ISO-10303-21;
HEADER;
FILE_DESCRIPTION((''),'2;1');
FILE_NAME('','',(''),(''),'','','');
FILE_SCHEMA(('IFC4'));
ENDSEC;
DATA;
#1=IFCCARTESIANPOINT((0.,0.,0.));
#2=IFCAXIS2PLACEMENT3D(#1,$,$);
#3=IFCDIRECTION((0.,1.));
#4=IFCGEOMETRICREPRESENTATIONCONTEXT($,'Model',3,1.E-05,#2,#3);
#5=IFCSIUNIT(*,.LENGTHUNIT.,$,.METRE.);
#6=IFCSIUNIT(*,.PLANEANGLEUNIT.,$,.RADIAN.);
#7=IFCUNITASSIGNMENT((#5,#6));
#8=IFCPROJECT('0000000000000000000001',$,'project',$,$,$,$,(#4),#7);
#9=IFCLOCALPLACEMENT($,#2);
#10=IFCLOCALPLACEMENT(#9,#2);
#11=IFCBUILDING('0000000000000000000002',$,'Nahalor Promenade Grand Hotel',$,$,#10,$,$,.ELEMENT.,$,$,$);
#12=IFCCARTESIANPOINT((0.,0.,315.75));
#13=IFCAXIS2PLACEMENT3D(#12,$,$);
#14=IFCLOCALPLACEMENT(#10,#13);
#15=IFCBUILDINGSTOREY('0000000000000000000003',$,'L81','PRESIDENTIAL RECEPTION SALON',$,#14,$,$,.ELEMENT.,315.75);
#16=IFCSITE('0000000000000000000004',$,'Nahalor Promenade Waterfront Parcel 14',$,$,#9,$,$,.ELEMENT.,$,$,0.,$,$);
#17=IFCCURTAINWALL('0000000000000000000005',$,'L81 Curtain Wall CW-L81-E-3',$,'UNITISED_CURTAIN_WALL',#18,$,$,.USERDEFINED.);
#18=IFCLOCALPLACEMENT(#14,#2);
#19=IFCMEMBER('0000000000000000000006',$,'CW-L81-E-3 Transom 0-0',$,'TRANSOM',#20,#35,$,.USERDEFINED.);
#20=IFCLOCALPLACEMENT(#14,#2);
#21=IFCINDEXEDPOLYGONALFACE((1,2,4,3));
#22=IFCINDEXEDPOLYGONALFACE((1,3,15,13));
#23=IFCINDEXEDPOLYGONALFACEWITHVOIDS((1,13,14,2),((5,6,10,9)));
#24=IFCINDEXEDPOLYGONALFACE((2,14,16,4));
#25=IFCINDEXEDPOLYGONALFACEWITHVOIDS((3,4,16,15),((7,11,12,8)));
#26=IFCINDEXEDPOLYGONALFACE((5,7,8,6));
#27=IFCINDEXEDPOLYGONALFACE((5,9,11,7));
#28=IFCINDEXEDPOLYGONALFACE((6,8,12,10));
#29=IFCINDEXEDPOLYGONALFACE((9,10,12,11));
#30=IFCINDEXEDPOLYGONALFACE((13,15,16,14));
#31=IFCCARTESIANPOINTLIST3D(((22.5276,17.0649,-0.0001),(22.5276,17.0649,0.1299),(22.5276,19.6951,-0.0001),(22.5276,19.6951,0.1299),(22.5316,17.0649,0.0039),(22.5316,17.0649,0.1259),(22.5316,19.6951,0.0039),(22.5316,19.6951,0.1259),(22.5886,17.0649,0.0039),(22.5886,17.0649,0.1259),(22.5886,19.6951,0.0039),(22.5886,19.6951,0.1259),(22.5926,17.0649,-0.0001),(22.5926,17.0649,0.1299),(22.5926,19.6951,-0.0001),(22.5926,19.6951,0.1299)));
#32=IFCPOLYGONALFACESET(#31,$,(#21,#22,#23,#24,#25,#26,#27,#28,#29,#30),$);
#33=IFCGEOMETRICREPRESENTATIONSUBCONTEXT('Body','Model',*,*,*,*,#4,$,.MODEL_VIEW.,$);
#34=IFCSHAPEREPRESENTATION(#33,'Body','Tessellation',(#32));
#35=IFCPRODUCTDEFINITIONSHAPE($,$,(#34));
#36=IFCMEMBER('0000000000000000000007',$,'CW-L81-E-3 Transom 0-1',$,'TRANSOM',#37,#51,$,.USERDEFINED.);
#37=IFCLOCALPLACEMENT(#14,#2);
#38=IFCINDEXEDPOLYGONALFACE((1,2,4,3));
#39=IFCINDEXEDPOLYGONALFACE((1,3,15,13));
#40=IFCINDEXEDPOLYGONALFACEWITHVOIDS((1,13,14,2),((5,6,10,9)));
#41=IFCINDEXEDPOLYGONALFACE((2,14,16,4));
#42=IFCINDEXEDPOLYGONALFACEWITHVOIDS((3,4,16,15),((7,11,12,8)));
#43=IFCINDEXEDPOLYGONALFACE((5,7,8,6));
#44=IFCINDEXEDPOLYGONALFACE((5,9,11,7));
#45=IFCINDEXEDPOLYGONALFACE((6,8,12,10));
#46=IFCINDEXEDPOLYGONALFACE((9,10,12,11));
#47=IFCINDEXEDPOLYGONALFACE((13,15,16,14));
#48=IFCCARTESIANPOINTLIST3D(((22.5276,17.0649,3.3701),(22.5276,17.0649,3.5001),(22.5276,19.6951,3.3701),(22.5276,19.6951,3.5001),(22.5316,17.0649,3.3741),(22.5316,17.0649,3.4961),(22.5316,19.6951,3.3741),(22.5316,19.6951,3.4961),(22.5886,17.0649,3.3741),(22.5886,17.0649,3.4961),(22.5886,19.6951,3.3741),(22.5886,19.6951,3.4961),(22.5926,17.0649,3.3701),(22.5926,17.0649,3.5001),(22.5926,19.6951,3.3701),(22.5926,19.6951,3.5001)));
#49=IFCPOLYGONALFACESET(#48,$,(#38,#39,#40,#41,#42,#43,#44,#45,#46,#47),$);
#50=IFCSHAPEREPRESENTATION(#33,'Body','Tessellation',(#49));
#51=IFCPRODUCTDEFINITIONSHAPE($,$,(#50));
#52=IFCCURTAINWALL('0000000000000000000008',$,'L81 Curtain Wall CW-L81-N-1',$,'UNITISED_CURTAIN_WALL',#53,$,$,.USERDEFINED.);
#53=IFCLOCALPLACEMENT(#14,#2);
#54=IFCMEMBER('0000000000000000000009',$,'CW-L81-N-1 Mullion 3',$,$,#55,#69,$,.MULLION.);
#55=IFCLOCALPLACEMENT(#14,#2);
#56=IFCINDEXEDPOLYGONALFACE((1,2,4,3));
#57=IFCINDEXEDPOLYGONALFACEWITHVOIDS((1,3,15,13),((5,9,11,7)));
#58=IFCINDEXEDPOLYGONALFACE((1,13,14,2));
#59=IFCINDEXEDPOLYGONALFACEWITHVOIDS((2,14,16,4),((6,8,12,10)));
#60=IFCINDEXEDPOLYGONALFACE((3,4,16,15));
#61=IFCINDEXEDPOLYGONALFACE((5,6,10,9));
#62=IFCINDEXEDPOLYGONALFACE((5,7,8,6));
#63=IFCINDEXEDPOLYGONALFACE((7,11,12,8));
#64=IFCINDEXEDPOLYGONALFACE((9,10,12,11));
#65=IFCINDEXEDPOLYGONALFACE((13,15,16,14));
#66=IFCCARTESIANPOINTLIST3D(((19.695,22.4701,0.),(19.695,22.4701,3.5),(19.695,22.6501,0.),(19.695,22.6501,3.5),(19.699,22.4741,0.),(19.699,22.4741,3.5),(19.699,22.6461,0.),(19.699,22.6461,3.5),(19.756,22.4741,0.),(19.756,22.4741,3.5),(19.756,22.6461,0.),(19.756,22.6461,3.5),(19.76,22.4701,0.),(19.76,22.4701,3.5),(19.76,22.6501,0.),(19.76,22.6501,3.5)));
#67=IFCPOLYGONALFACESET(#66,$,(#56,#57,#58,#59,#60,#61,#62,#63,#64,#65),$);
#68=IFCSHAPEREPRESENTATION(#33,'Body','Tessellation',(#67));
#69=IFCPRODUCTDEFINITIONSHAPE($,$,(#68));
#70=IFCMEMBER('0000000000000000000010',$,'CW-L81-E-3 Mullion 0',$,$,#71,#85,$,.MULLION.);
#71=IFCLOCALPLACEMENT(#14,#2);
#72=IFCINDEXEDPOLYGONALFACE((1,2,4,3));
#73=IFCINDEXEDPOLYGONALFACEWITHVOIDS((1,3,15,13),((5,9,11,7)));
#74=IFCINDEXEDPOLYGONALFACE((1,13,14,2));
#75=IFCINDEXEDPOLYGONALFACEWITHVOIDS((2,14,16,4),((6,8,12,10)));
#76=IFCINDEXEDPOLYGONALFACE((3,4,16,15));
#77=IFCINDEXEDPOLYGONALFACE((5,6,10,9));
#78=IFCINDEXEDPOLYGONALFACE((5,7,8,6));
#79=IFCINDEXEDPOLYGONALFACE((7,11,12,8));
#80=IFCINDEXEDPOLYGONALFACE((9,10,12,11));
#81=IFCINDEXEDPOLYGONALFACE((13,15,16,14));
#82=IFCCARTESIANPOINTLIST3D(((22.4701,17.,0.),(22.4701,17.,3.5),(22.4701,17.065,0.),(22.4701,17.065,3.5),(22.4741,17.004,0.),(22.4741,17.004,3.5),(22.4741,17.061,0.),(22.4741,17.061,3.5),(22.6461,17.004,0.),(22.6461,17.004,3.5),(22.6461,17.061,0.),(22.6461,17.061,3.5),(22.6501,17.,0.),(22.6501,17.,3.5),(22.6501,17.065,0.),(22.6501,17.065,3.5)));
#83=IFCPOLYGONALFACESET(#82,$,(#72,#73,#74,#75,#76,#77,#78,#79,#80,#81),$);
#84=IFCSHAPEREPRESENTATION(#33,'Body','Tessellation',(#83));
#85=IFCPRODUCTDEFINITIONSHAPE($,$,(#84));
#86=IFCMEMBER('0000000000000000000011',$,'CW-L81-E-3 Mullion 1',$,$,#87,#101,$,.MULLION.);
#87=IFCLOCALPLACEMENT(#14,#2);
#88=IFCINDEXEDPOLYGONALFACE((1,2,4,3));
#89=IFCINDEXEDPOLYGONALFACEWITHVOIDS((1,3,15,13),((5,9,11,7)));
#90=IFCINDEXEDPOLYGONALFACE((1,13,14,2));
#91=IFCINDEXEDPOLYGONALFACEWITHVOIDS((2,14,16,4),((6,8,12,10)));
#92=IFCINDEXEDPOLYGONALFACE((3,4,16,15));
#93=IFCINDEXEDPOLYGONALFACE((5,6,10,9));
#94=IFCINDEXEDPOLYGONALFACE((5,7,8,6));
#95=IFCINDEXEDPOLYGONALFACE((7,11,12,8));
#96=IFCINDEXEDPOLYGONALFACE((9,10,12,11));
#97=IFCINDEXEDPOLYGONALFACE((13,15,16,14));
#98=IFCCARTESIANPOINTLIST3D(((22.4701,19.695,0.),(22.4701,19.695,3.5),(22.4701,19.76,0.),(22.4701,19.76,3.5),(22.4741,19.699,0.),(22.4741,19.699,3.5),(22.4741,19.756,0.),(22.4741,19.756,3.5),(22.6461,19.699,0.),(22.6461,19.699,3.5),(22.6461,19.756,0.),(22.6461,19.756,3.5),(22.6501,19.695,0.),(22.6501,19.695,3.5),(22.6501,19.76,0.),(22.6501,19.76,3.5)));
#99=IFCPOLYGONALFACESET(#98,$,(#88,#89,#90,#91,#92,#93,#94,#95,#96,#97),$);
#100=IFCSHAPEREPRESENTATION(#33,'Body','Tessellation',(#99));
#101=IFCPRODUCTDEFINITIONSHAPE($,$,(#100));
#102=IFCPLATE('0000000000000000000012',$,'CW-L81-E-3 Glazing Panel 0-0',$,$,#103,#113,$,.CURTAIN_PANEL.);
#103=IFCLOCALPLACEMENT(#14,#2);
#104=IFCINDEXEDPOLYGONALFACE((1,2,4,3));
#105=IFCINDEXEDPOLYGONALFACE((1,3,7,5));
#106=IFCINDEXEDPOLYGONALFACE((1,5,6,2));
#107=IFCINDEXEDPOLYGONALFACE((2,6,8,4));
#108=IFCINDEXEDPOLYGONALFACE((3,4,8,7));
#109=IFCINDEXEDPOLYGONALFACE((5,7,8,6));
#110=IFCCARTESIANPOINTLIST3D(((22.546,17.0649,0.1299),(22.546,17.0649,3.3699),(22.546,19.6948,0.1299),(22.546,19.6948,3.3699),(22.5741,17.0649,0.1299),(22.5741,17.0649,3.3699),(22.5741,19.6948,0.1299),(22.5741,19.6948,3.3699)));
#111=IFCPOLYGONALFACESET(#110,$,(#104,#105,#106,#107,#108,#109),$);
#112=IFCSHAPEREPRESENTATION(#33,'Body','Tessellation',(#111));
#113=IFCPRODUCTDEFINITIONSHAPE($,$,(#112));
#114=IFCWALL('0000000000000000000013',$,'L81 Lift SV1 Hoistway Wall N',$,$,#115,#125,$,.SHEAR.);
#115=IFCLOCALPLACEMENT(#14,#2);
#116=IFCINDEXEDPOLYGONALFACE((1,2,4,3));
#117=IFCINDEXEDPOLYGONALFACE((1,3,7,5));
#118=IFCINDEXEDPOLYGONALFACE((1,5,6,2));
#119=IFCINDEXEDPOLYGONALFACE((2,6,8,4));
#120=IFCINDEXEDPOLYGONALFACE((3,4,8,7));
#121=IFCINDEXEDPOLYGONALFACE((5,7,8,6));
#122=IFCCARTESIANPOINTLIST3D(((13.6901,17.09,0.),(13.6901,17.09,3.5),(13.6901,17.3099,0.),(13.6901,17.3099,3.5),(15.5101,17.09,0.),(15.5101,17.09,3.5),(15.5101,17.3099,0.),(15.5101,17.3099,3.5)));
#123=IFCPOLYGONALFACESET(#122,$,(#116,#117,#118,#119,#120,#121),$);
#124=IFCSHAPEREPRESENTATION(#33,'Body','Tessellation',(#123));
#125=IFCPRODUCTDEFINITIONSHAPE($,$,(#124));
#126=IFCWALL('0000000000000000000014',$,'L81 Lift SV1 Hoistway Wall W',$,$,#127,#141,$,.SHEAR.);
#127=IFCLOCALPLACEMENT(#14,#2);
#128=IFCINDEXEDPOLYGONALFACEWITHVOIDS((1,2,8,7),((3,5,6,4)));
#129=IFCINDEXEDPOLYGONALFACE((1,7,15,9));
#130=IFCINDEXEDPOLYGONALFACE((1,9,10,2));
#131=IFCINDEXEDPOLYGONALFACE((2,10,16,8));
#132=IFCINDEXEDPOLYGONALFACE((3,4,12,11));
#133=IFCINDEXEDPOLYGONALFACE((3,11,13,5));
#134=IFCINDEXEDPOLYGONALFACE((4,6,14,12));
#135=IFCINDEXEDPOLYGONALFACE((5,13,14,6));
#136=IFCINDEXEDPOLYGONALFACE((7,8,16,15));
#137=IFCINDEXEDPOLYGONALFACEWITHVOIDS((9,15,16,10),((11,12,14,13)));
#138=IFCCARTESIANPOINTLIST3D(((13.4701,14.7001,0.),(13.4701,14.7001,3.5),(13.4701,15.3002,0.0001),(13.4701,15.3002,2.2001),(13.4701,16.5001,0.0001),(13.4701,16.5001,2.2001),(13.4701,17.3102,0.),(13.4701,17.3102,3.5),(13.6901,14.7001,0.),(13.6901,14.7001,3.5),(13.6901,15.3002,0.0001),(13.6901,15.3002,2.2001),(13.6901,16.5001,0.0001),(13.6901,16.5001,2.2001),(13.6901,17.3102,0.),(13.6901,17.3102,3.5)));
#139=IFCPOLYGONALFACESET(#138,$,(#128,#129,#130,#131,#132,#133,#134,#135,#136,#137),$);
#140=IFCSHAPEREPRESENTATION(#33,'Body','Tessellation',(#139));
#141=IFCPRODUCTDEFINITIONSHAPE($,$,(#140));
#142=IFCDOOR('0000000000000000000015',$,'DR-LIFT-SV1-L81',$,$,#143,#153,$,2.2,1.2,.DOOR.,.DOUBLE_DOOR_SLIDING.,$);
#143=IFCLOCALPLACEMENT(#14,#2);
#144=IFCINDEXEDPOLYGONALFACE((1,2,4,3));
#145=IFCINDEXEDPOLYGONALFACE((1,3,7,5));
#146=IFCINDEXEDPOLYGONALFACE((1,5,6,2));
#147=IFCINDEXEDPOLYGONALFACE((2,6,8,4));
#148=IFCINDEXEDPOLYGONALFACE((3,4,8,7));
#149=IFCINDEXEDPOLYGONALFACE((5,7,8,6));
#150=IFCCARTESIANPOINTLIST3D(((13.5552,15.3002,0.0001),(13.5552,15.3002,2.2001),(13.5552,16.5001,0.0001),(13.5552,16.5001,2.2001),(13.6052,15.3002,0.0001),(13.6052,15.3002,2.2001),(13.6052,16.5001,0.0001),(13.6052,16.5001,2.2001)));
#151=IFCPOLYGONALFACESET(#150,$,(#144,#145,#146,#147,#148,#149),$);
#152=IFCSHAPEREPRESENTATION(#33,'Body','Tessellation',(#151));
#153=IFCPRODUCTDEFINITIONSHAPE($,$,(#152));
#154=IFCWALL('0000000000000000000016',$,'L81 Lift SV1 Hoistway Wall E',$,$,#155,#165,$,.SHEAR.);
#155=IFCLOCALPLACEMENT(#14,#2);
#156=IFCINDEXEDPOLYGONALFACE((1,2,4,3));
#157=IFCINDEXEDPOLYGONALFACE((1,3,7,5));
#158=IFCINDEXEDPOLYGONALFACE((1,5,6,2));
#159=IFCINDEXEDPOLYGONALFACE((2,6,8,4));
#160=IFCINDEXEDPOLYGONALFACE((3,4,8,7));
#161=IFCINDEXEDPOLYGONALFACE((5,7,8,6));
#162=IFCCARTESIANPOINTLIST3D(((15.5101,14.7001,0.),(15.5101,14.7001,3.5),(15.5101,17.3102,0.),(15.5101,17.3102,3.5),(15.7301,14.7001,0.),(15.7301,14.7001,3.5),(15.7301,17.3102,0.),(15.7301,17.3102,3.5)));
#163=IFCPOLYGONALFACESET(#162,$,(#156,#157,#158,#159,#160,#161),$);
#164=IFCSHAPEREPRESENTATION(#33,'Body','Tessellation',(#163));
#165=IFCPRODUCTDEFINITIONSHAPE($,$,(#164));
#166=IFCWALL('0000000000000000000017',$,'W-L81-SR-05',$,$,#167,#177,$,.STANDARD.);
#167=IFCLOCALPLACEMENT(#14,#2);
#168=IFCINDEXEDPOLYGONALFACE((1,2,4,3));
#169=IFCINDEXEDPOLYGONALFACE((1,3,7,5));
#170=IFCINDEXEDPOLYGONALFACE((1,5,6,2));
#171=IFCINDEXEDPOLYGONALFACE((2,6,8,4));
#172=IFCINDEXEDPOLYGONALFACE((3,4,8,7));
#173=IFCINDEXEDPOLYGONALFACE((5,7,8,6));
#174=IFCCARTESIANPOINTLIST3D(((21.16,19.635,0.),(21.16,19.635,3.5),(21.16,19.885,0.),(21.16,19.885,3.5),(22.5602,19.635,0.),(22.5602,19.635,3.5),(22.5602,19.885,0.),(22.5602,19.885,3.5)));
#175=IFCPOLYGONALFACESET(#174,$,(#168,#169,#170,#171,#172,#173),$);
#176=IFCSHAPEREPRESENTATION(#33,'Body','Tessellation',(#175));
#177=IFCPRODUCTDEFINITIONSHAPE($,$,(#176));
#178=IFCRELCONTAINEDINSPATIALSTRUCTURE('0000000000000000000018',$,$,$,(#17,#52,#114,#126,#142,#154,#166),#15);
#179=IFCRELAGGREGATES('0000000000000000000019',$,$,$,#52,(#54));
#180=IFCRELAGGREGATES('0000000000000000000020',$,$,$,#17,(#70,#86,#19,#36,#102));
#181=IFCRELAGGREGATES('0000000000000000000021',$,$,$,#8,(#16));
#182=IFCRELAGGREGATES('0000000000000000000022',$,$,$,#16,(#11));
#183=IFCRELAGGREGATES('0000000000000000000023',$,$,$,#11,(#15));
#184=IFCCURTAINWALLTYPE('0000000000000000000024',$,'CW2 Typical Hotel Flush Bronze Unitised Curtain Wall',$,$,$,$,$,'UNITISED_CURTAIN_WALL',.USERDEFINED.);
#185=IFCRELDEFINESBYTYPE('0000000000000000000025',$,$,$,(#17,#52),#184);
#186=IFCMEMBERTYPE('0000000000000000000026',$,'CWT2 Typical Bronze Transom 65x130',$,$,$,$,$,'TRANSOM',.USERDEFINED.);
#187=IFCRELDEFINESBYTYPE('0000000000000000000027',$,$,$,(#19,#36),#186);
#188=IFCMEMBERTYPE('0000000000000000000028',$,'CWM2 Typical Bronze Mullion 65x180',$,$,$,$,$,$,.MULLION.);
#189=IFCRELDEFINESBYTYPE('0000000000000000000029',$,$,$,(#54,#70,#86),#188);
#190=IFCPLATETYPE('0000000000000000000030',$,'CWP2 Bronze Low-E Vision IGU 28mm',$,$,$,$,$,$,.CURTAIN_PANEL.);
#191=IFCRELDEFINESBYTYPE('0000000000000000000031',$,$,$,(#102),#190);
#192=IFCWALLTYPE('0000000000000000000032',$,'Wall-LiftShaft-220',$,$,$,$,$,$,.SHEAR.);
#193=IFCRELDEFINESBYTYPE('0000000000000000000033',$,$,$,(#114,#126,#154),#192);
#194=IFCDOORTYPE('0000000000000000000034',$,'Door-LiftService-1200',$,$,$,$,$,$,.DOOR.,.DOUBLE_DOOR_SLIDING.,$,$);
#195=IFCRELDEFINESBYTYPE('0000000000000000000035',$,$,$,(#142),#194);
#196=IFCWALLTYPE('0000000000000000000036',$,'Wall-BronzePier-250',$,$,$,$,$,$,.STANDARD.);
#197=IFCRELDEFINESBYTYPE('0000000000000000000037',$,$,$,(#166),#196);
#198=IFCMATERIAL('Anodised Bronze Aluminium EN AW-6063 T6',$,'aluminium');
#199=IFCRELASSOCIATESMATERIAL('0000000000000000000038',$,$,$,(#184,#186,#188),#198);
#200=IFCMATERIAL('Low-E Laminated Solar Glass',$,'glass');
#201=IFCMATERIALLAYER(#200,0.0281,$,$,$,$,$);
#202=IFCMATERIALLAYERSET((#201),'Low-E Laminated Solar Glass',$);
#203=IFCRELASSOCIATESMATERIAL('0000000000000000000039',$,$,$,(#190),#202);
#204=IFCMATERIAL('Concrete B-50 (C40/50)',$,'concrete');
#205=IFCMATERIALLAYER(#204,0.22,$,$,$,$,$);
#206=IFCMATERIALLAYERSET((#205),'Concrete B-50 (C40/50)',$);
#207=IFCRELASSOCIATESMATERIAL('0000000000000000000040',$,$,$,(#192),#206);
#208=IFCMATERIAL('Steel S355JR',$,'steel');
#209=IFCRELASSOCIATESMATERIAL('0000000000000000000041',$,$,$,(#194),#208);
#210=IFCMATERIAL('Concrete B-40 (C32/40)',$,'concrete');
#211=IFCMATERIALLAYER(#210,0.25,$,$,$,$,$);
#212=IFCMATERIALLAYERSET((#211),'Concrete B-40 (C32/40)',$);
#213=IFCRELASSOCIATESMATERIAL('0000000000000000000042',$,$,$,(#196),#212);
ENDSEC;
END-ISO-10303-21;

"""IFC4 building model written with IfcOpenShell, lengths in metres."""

from ifc_helpers import new_model, si_unit, direction, frame, frame_2d, origin, origin_2d, place, context, subcontext, project, spatial, rectangle, hollow_rectangle, extrude, source, transform, mapped, material, layer, layer_set, material_profile, profile_set, type_object, element, fill, aggregate, save


model = new_model("IFC4")

# Units and contexts
model_context = context("Model", 3, precision=1e-05, world=origin(), true_north=direction((0.0, 1.0)))
body_context = subcontext(model_context, "Body", "Model", "MODEL_VIEW")
ifc_project = project(units=[si_unit("LENGTHUNIT", "METRE"), si_unit("PLANEANGLEUNIT", "RADIAN")], contexts=[model_context])

# Site, building, storey
site_placement = place(None, origin())
site = spatial("IfcSite", under=ifc_project, at=site_placement, Name="Nahalor Promenade Waterfront Parcel 14", CompositionType="ELEMENT", RefElevation=0.0)
building_placement = place(site_placement, origin())
building = spatial("IfcBuilding", under=site, at=building_placement, Name="Nahalor Promenade Grand Hotel", CompositionType="ELEMENT")
storey_placement = place(building_placement, frame((0.0, 0.0, 315.75)))
storey = spatial("IfcBuildingStorey", under=building, at=storey_placement, Name="L81", Description="PRESIDENTIAL RECEPTION SALON", CompositionType="ELEMENT", Elevation=315.75)

# Shared definitions
ifc_material_1 = material(Name="Concrete B-50 (C40/50)", Category="concrete")
ifc_material_2 = material(Name="Steel S355JR", Category="steel")

# Curtain wall, members
ifc_material_3 = material(Name="Anodised Bronze Aluminium EN AW-6063 T6", Category="aluminium")
curtain_wall_type = type_object("IfcCurtainWallType", Name="CW2 Typical Hotel Flush Bronze Unitised Curtain Wall", ElementType="UNITISED_CURTAIN_WALL", PredefinedType="USERDEFINED", material=ifc_material_3)
curtain_wall_1_placement = place(storey_placement, origin())
curtain_wall_1 = element("IfcCurtainWall", 1, at=curtain_wall_1_placement, inside=storey, type_object=curtain_wall_type, Name="L81 Curtain Wall CW-L81-E-3", ObjectType="UNITISED_CURTAIN_WALL", PredefinedType="USERDEFINED")
ifc_material_profile_1 = material_profile(ifc_material_3, hollow_rectangle(XDim=0.065, YDim=0.13, WallThickness=0.004, at=origin_2d()), Name="CWT 65x130x4")
ifc_profile_set_1 = profile_set([ifc_material_profile_1], Name="Anodised Bronze Aluminium EN AW-6063 T6")
member_type_1 = type_object("IfcMemberType", Name="CWT2 Typical Bronze Transom 65x130", ElementType="TRANSOM", PredefinedType="USERDEFINED", material=ifc_profile_set_1)
shared_shape_1 = source(origin(), body_context, "Body", "SweptSolid", [
    extrude(hollow_rectangle(XDim=0.065, YDim=0.13, WallThickness=0.004, at=origin_2d()), origin(), (0.0, 0.0, 1.0), 2.6301),
])
member_1_placement = place(storey_placement, frame((22.5601, 17.0649, 0.0649), z_axis=(0.0, 1.0, 0.0), x_axis=(-1.0, 0.0, 0.0)))
member_1 = element("IfcMember", 2, at=member_1_placement, type_object=member_type_1, Name="CW-L81-E-3 Transom 0-0", ObjectType="TRANSOM", PredefinedType="USERDEFINED", context=body_context, shape_type="MappedRepresentation", body=[
    mapped(shared_shape_1, transform((0.0, 0.0, 0.0), scale=1.0)),
])
member_2_placement = place(storey_placement, frame((22.5601, 17.0649, 3.4351), z_axis=(0.0, 1.0, 0.0), x_axis=(-1.0, 0.0, 0.0)))
member_2 = element("IfcMember", 3, at=member_2_placement, type_object=member_type_1, Name="CW-L81-E-3 Transom 0-1", ObjectType="TRANSOM", PredefinedType="USERDEFINED", context=body_context, shape_type="MappedRepresentation", body=[
    mapped(shared_shape_1, transform((0.0, 0.0, 0.0), scale=1.0)),
])

# Curtain wall, member
curtain_wall_2_placement = place(storey_placement, origin())
curtain_wall_2 = element("IfcCurtainWall", 4, at=curtain_wall_2_placement, inside=storey, type_object=curtain_wall_type, Name="L81 Curtain Wall CW-L81-N-1", ObjectType="UNITISED_CURTAIN_WALL", PredefinedType="USERDEFINED")
ifc_material_profile_2 = material_profile(ifc_material_3, hollow_rectangle(XDim=0.065, YDim=0.18, WallThickness=0.004, at=origin_2d()), Name="CWM 65x180x4")
ifc_profile_set_2 = profile_set([ifc_material_profile_2], Name="Anodised Bronze Aluminium EN AW-6063 T6")
member_type_2 = type_object("IfcMemberType", Name="CWM2 Typical Bronze Mullion 65x180", PredefinedType="MULLION", material=ifc_profile_set_2)
shared_shape_2 = source(origin(), body_context, "Body", "SweptSolid", [
    extrude(hollow_rectangle(XDim=0.065, YDim=0.18, WallThickness=0.004, at=origin_2d()), origin(), (0.0, 0.0, 1.0), 3.5),
])
member_3_placement = place(storey_placement, frame((19.7275, 22.5601, 0.0), z_axis=(0.0, 0.0, 1.0), x_axis=(1.0, 0.0, 0.0)))
member_3 = element("IfcMember", 5, at=member_3_placement, type_object=member_type_2, Name="CW-L81-N-1 Mullion 3", PredefinedType="MULLION", context=body_context, shape_type="MappedRepresentation", body=[
    mapped(shared_shape_2, transform((0.0, 0.0, 0.0), scale=1.0)),
])
aggregate(curtain_wall_2, [member_3])

# Members
member_4_placement = place(storey_placement, frame((22.5601, 17.0325, 0.0), z_axis=(0.0, 0.0, 1.0), x_axis=(0.0, 1.0, 0.0)))
member_4 = element("IfcMember", 6, at=member_4_placement, type_object=member_type_2, Name="CW-L81-E-3 Mullion 0", PredefinedType="MULLION", context=body_context, shape_type="MappedRepresentation", body=[
    mapped(shared_shape_2, transform((0.0, 0.0, 0.0), scale=1.0)),
])
member_5_placement = place(storey_placement, frame((22.5601, 19.7275, 0.0), z_axis=(0.0, 0.0, 1.0), x_axis=(0.0, 1.0, 0.0)))
member_5 = element("IfcMember", 7, at=member_5_placement, type_object=member_type_2, Name="CW-L81-E-3 Mullion 1", PredefinedType="MULLION", context=body_context, shape_type="MappedRepresentation", body=[
    mapped(shared_shape_2, transform((0.0, 0.0, 0.0), scale=1.0)),
])

# Plate
ifc_material_4 = material(Name="Low-E Laminated Solar Glass", Category="glass")
ifc_layer_1 = layer(ifc_material_4, 0.0281)
ifc_layer_set_1 = layer_set([ifc_layer_1], Name="Low-E Laminated Solar Glass")
plate_type = type_object("IfcPlateType", Name="CWP2 Bronze Low-E Vision IGU 28mm", PredefinedType="CURTAIN_PANEL", material=ifc_layer_set_1)
shared_shape_3 = source(origin(), body_context, "Body", "SweptSolid", [
    extrude(rectangle(XDim=2.6299, YDim=0.0281, at=origin_2d()), origin(), (0.0, 0.0, 1.0), 3.24),
])
plate_placement = place(storey_placement, frame((22.5601, 18.3799, 0.1299), z_axis=(0.0, 0.0, 1.0), x_axis=(0.0, 1.0, 0.0)))
plate = element("IfcPlate", 8, at=plate_placement, type_object=plate_type, Name="CW-L81-E-3 Glazing Panel 0-0", PredefinedType="CURTAIN_PANEL", context=body_context, shape_type="MappedRepresentation", body=[
    mapped(shared_shape_3, transform((0.0, 0.0, 0.0), scale=1.0)),
])
aggregate(curtain_wall_1, [member_4, member_5, member_1, member_2, plate])

# Wall
ifc_layer_2 = layer(ifc_material_1, 0.22)
ifc_layer_set_2 = layer_set([ifc_layer_2], Name="Concrete B-50 (C40/50)")
wall_type_1 = type_object("IfcWallType", Name="Wall-LiftShaft-220", PredefinedType="SHEAR", material=ifc_layer_set_2)
shared_shape_4 = source(origin(), body_context, "Body", "SweptSolid", [
    extrude(rectangle(XDim=1.8201, YDim=0.22, at=frame_2d((0.9102, 0.0))), origin(), (0.0, 0.0, 1.0), 3.5),
])
wall_1_placement = place(storey_placement, frame((13.6899, 17.2, 0.0), z_axis=(0.0, 0.0, 1.0), x_axis=(1.0, 0.0, 0.0)))
element("IfcWall", 9, at=wall_1_placement, inside=storey, type_object=wall_type_1, Name="L81 Lift SV1 Hoistway Wall N", PredefinedType="SHEAR", context=body_context, shape_type="MappedRepresentation", body=[
    mapped(shared_shape_4, transform((0.0, 0.0, 0.0), scale=1.0)),
])

# Wall, opening, door
shared_shape_5 = source(origin(), body_context, "Body", "SweptSolid", [
    extrude(rectangle(XDim=2.6101, YDim=0.22, at=frame_2d((1.3052, 0.0))), origin(), (0.0, 0.0, 1.0), 3.5),
])
wall_2_placement = place(storey_placement, frame((13.5801, 14.7, 0.0), z_axis=(0.0, 0.0, 1.0), x_axis=(0.0, 1.0, 0.0)))
wall_2 = element("IfcWall", 10, at=wall_2_placement, inside=storey, type_object=wall_type_1, Name="L81 Lift SV1 Hoistway Wall W", PredefinedType="SHEAR", context=body_context, shape_type="MappedRepresentation", body=[
    mapped(shared_shape_5, transform((0.0, 0.0, 0.0), scale=1.0)),
])
opening_placement = place(wall_2_placement, frame((0.6001, 0.0, 0.0)))
opening = element("IfcOpeningElement", 11, at=opening_placement, cuts=wall_2, PredefinedType="OPENING", context=body_context, shape_type="SweptSolid", body=[
    extrude(rectangle(XDim=1.2, YDim=2.2, at=frame_2d((0.6001, 1.1001))), frame((0.0, 0.1199, 0.0), z_axis=(0.0, -1.0, 0.0), x_axis=(1.0, 0.0, 0.0)), (0.0, 0.0, 1.0), 0.24),
])
door_type = type_object("IfcDoorType", Name="Door-LiftService-1200", OperationType="DOUBLE_DOOR_SLIDING", PredefinedType="DOOR", material=ifc_material_2)
shared_shape_6 = source(origin(), body_context, "Body", "SweptSolid", [
    extrude(rectangle(XDim=1.2, YDim=2.2, at=frame_2d((0.6001, 1.1001))), frame((0.0, 0.0249, 0.0), z_axis=(0.0, -1.0, 0.0), x_axis=(1.0, 0.0, 0.0)), (0.0, 0.0, 1.0), 0.05),
])
door_placement = place(opening_placement, origin())
door = element("IfcDoor", 12, at=door_placement, inside=storey, type_object=door_type, Name="DR-LIFT-SV1-L81", OperationType="DOUBLE_DOOR_SLIDING", OverallHeight=2.2, OverallWidth=1.2, PredefinedType="DOOR", context=body_context, shape_type="MappedRepresentation", body=[
    mapped(shared_shape_6, transform((0.0, 0.0, 0.0), scale=1.0)),
])
fill(opening, door)

# Walls
wall_3_placement = place(storey_placement, frame((15.6201, 14.7, 0.0), z_axis=(0.0, 0.0, 1.0), x_axis=(0.0, 1.0, 0.0)))
element("IfcWall", 13, at=wall_3_placement, inside=storey, type_object=wall_type_1, Name="L81 Lift SV1 Hoistway Wall E", PredefinedType="SHEAR", context=body_context, shape_type="MappedRepresentation", body=[
    mapped(shared_shape_5, transform((0.0, 0.0, 0.0), scale=1.0)),
])
ifc_material_5 = material(Name="Concrete B-40 (C32/40)", Category="concrete")
ifc_layer_3 = layer(ifc_material_5, 0.25)
ifc_layer_set_3 = layer_set([ifc_layer_3], Name="Concrete B-40 (C32/40)")
wall_type_2 = type_object("IfcWallType", Name="Wall-BronzePier-250", PredefinedType="STANDARD", material=ifc_layer_set_3)
shared_shape_7 = source(origin(), body_context, "Body", "SweptSolid", [
    extrude(rectangle(XDim=1.4001, YDim=0.25, at=frame_2d((0.7002, 0.0))), origin(), (0.0, 0.0, 1.0), 3.5),
])
for number, where, z_axis, x_axis, name in (
    (14, (21.1599, 19.76, 0.0), (0.0, 0.0, 1.0), (1.0, 0.0, 0.0), "W-L81-SR-05"),
):
    element("IfcWall", number, at=place(storey_placement, frame(where, z_axis=z_axis, x_axis=x_axis)), inside=storey, type_object=wall_type_2, Name=name, PredefinedType="STANDARD", context=body_context, shape_type="MappedRepresentation", body=[
        mapped(shared_shape_7, transform((0.0, 0.0, 0.0), scale=1.0)),
    ])

save(model, "model.ifc")
